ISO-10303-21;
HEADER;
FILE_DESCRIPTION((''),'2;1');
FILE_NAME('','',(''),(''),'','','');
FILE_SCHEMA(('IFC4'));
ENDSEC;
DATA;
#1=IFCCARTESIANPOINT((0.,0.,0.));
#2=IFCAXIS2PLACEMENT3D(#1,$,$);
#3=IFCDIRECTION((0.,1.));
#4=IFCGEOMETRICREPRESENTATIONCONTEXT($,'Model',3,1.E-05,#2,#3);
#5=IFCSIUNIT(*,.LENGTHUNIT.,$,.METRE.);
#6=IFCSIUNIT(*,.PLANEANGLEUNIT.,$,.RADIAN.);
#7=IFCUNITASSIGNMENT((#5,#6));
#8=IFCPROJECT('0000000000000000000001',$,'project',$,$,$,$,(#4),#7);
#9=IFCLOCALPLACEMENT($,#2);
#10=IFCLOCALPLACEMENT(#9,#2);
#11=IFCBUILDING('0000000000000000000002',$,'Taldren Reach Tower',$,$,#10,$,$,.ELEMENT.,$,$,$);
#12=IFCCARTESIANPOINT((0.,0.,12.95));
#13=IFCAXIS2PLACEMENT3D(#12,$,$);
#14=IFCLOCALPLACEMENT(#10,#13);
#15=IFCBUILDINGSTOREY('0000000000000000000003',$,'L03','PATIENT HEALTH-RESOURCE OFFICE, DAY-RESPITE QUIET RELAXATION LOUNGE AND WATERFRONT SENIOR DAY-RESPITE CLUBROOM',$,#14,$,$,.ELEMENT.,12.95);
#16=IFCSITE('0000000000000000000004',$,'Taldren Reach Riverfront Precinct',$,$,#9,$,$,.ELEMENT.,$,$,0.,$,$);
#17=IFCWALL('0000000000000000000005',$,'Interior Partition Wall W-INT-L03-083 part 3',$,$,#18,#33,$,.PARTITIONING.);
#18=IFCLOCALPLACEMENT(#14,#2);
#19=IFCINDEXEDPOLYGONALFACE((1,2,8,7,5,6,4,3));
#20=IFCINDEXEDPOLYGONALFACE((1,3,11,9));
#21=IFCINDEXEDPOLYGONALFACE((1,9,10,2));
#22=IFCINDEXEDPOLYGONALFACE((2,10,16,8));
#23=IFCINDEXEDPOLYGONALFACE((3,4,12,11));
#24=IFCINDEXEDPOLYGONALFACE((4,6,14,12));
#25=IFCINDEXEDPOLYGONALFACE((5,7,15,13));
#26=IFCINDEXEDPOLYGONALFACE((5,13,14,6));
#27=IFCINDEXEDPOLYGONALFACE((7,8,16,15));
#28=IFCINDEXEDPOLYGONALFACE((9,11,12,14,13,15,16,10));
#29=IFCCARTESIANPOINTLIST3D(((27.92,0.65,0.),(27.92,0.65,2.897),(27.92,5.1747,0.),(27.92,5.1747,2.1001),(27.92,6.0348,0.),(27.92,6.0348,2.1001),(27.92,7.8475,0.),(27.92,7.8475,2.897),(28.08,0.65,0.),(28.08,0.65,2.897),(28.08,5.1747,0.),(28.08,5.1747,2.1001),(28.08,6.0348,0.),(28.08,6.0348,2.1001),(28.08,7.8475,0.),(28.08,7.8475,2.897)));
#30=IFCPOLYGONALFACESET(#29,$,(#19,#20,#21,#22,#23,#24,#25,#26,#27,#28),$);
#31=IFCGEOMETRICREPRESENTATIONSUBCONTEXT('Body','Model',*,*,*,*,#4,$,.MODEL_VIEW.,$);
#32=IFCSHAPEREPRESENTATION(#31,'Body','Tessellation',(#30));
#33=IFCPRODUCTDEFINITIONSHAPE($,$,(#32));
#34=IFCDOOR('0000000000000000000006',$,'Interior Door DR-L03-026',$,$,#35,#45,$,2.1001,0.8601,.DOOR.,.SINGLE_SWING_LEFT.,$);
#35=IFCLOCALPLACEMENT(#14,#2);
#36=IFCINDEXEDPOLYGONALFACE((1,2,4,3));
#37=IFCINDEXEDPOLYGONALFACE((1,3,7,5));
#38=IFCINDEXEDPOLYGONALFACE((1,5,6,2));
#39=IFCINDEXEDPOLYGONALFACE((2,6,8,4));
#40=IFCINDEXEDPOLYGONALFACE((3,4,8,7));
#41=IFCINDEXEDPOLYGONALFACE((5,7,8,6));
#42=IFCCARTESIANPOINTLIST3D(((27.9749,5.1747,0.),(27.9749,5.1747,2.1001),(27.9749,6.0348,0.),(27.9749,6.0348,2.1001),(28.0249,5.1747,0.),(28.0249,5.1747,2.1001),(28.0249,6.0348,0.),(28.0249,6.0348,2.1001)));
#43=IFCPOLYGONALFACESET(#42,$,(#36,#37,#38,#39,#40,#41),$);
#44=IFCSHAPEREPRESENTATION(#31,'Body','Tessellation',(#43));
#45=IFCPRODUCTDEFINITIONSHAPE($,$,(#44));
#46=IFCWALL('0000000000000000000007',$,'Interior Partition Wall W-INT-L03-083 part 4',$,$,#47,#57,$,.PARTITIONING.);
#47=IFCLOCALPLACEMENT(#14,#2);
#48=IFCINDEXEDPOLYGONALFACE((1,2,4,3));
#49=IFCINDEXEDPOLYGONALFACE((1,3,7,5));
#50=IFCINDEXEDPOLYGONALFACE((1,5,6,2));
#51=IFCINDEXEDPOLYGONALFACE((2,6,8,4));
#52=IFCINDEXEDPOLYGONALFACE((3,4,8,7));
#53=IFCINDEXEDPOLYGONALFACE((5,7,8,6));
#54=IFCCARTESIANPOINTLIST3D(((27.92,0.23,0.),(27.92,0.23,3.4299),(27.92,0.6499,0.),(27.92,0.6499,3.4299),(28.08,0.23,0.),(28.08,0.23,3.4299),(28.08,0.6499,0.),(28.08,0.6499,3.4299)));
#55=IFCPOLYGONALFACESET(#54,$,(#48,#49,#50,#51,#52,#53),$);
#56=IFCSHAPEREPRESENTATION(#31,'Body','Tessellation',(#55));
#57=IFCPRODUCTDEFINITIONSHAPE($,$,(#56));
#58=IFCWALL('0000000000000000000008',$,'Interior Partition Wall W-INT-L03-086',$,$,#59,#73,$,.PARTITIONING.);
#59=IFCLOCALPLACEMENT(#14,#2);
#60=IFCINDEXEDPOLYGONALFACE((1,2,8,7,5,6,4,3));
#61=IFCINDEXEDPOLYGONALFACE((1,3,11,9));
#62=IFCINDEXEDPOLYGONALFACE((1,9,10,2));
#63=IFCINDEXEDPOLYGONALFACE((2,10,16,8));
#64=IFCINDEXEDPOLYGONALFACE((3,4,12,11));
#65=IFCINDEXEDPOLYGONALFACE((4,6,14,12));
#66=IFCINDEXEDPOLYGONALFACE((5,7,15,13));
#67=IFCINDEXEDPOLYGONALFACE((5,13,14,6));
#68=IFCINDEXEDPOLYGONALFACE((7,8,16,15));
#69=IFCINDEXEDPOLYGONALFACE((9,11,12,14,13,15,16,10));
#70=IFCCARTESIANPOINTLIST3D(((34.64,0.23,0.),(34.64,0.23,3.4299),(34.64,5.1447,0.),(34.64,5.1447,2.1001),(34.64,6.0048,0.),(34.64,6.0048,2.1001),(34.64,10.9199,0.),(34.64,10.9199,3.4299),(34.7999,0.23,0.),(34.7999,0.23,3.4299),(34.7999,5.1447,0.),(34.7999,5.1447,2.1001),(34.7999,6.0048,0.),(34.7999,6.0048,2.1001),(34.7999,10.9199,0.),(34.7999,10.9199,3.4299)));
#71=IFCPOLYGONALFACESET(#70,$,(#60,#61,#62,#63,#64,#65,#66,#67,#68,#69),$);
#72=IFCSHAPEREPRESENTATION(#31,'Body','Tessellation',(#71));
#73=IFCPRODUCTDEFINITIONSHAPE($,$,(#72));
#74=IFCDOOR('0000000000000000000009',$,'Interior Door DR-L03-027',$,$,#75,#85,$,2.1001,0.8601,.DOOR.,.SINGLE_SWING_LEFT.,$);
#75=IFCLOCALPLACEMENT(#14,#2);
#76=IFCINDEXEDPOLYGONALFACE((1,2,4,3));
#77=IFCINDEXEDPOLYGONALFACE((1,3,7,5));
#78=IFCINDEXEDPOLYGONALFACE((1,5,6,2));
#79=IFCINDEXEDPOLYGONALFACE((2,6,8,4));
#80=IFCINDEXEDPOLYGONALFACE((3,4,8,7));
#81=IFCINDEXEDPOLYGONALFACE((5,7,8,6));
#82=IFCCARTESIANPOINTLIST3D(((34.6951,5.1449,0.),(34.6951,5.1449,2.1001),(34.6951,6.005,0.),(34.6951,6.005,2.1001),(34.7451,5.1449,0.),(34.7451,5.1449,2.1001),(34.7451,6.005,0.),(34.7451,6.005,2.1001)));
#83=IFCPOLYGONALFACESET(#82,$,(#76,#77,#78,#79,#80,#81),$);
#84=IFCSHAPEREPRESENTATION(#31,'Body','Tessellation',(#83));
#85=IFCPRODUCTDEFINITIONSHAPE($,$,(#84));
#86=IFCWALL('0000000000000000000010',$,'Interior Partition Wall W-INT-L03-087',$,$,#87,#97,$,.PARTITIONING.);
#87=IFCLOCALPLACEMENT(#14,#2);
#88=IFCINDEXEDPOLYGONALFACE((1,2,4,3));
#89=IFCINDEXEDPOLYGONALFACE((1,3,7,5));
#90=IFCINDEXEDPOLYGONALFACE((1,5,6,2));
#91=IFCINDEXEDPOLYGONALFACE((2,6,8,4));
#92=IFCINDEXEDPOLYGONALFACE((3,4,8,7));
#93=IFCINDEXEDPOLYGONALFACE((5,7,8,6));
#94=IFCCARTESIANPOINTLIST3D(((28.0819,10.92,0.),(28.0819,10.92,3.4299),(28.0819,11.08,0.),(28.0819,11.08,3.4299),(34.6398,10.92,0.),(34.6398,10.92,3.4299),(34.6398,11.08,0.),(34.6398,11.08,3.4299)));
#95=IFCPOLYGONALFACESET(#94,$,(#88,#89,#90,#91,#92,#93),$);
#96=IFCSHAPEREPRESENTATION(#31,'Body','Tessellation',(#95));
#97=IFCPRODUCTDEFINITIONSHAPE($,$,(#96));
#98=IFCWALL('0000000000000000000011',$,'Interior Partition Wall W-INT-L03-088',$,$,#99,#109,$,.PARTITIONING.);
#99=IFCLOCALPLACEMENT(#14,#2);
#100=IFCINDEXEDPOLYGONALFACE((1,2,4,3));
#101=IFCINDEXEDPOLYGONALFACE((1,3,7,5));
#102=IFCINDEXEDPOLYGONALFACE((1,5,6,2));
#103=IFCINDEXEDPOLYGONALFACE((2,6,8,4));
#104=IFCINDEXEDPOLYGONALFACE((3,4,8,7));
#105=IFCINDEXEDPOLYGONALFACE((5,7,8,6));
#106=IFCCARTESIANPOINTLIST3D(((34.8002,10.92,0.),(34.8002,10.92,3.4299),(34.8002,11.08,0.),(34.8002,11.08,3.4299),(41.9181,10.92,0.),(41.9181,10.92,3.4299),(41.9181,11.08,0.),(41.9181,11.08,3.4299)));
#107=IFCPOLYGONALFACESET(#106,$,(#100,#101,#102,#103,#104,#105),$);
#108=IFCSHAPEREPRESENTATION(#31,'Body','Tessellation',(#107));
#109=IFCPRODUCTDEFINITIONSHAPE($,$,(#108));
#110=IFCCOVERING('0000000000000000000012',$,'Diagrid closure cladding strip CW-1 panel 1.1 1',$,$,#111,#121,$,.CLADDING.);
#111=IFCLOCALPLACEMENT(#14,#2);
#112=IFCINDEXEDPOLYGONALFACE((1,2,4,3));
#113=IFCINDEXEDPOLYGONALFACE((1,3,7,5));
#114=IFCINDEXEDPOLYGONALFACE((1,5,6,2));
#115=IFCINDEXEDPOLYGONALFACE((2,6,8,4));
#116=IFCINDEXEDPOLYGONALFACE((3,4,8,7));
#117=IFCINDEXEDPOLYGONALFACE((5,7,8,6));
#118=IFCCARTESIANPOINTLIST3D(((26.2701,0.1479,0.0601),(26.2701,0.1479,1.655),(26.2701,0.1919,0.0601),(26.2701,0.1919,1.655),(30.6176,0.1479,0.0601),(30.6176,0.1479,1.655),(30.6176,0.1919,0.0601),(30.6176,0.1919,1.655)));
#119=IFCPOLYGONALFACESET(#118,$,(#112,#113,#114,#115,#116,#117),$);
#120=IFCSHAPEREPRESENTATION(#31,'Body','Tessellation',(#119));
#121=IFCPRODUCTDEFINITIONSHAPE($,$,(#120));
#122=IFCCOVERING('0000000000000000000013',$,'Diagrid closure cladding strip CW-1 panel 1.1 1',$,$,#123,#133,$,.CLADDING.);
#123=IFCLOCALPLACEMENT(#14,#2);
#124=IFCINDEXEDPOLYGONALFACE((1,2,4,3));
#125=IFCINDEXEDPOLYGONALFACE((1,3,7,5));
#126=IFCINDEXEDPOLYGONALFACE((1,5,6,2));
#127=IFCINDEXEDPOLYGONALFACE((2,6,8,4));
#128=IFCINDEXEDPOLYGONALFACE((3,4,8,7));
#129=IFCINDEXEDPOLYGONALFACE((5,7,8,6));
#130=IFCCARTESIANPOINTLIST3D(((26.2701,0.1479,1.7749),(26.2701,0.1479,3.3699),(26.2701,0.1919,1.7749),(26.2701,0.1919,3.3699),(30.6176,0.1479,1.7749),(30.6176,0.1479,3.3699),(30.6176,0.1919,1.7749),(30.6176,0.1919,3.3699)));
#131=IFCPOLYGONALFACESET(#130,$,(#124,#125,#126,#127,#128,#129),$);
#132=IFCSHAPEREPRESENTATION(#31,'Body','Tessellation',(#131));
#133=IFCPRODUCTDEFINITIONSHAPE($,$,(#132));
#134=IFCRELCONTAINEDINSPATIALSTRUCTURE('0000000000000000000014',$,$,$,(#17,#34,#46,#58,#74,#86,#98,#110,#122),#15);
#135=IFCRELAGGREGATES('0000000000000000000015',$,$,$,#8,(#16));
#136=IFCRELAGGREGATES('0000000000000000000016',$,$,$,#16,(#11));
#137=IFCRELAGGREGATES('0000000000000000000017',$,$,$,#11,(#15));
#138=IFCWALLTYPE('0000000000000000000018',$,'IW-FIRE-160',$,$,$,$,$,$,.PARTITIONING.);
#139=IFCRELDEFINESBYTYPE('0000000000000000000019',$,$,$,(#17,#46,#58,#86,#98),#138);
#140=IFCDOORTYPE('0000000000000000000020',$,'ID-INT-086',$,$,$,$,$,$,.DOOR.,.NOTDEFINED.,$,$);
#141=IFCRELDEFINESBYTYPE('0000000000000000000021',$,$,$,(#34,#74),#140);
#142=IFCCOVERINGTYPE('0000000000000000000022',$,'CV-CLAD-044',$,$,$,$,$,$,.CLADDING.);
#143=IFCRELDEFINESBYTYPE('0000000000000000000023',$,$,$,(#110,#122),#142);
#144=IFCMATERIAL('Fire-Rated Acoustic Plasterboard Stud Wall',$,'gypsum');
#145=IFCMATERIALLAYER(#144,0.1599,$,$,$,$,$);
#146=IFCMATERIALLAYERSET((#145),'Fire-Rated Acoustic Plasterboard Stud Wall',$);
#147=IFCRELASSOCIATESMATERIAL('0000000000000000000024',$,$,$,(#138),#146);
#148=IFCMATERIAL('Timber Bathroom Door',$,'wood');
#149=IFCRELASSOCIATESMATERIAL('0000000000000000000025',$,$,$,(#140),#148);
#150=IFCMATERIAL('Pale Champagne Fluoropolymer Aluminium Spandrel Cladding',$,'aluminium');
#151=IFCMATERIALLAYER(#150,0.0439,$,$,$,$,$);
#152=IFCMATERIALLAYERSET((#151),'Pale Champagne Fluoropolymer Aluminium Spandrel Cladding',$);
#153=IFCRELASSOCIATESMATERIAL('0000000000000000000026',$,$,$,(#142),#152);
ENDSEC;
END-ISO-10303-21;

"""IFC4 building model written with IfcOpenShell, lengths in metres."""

from ifc_helpers import new_model, si_unit, direction, frame, frame_2d, origin, origin_2d, place, context, subcontext, project, spatial, rectangle, extrude, source, transform, mapped, material, layer, layer_set, type_object, element, fill, save


model = new_model("IFC4")

# Units and contexts
model_context = context("Model", 3, precision=1e-05, world=origin(), true_north=direction((0.0, 1.0)))
body_context = subcontext(model_context, "Body", "Model", "MODEL_VIEW")
ifc_project = project(units=[si_unit("LENGTHUNIT", "METRE"), si_unit("PLANEANGLEUNIT", "RADIAN")], contexts=[model_context])

# Site, building, storey
site_placement = place(None, origin())
site = spatial("IfcSite", under=ifc_project, at=site_placement, Name="Taldren Reach Riverfront Precinct", CompositionType="ELEMENT", RefElevation=0.0)
building_placement = place(site_placement, origin())
building = spatial("IfcBuilding", under=site, at=building_placement, Name="Taldren Reach Tower", CompositionType="ELEMENT")
storey_placement = place(building_placement, frame((0.0, 0.0, 12.95)))
storey = spatial("IfcBuildingStorey", under=building, at=storey_placement, Name="L03", Description="PATIENT HEALTH-RESOURCE OFFICE, DAY-RESPITE QUIET RELAXATION LOUNGE AND WATERFRONT SENIOR DAY-RESPITE CLUBROOM", CompositionType="ELEMENT", Elevation=12.95)

# Shared definitions
ifc_material_1 = material(Name="Fire-Rated Acoustic Plasterboard Stud Wall", Category="gypsum")
ifc_layer_1 = layer(ifc_material_1, 0.1599)
ifc_layer_set_1 = layer_set([ifc_layer_1], Name="Fire-Rated Acoustic Plasterboard Stud Wall")
wall_type = type_object("IfcWallType", Name="IW-FIRE-160", PredefinedType="PARTITIONING", material=ifc_layer_set_1)

# Wall, opening, door
shared_shape_1 = source(origin(), body_context, "Body", "SweptSolid", [
    extrude(rectangle(XDim=7.1975, YDim=0.1599, at=frame_2d((3.5986, 0.0))), origin(), (0.0, 0.0, 1.0), 2.897),
])
wall_1_placement = place(storey_placement, frame((28.0, 7.8474, 0.0), z_axis=(0.0, 0.0, 1.0), x_axis=(0.0, -1.0, 0.0)))
wall_1 = element("IfcWall", 1, at=wall_1_placement, inside=storey, type_object=wall_type, Name="Interior Partition Wall W-INT-L03-083 part 3", PredefinedType="PARTITIONING", context=body_context, shape_type="MappedRepresentation", body=[
    mapped(shared_shape_1, transform((0.0, 0.0, 0.0), scale=1.0)),
])
shared_shape_2 = source(origin(), body_context, "Body", "SweptSolid", [
    extrude(rectangle(XDim=0.8601, YDim=2.1001, at=frame_2d((0.4302, 1.05))), frame((0.0, 0.0898, 0.0), z_axis=(0.0, -1.0, 0.0), x_axis=(1.0, 0.0, 0.0)), (0.0, 0.0, 1.0), 0.1799),
])
opening_1_placement = place(wall_1_placement, frame((1.8125, 0.0, 0.0)))
opening_1 = element("IfcOpeningElement", 2, at=opening_1_placement, cuts=wall_1, PredefinedType="OPENING", context=body_context, shape_type="MappedRepresentation", body=[
    mapped(shared_shape_2, transform((0.0, 0.0, 0.0), scale=1.0)),
])
ifc_material_2 = material(Name="Timber Bathroom Door", Category="wood")
door_type = type_object("IfcDoorType", Name="ID-INT-086", OperationType="NOTDEFINED", PredefinedType="DOOR", material=ifc_material_2)
shared_shape_3 = source(origin(), body_context, "Body", "SweptSolid", [
    extrude(rectangle(XDim=0.8601, YDim=2.1001, at=frame_2d((0.4302, 1.05))), frame((0.0, 0.0249, 0.0), z_axis=(0.0, -1.0, 0.0), x_axis=(1.0, 0.0, 0.0)), (0.0, 0.0, 1.0), 0.05),
])
door_1_placement = place(opening_1_placement, origin())
door_1 = element("IfcDoor", 3, at=door_1_placement, inside=storey, type_object=door_type, Name="Interior Door DR-L03-026", OperationType="SINGLE_SWING_LEFT", OverallHeight=2.1001, OverallWidth=0.8601, PredefinedType="DOOR", context=body_context, shape_type="MappedRepresentation", body=[
    mapped(shared_shape_3, transform((0.0, 0.0, 0.0), scale=1.0)),
])
fill(opening_1, door_1)

# Wall
shared_shape_4 = source(origin(), body_context, "Body", "SweptSolid", [
    extrude(rectangle(XDim=0.4199, YDim=0.1599, at=frame_2d((0.21, 0.0))), origin(), (0.0, 0.0, 1.0), 3.4299),
])
wall_2_placement = place(storey_placement, frame((28.0, 0.6499, 0.0), z_axis=(0.0, 0.0, 1.0), x_axis=(0.0, -1.0, 0.0)))
element("IfcWall", 4, at=wall_2_placement, inside=storey, type_object=wall_type, Name="Interior Partition Wall W-INT-L03-083 part 4", PredefinedType="PARTITIONING", context=body_context, shape_type="MappedRepresentation", body=[
    mapped(shared_shape_4, transform((0.0, 0.0, 0.0), scale=1.0)),
])

# Wall, opening, door
shared_shape_5 = source(origin(), body_context, "Body", "SweptSolid", [
    extrude(rectangle(XDim=10.6899, YDim=0.1599, at=frame_2d((5.345, 0.0))), origin(), (0.0, 0.0, 1.0), 3.4299),
])
wall_3_placement = place(storey_placement, frame((34.72, 10.9199, 0.0), z_axis=(0.0, 0.0, 1.0), x_axis=(0.0, -1.0, 0.0)))
wall_3 = element("IfcWall", 5, at=wall_3_placement, inside=storey, type_object=wall_type, Name="Interior Partition Wall W-INT-L03-086", PredefinedType="PARTITIONING", context=body_context, shape_type="MappedRepresentation", body=[
    mapped(shared_shape_5, transform((0.0, 0.0, 0.0), scale=1.0)),
])
opening_2_placement = place(wall_3_placement, frame((4.915, 0.0, 0.0)))
opening_2 = element("IfcOpeningElement", 6, at=opening_2_placement, cuts=wall_3, PredefinedType="OPENING", context=body_context, shape_type="MappedRepresentation", body=[
    mapped(shared_shape_2, transform((0.0, 0.0, 0.0), scale=1.0)),
])
door_2_placement = place(opening_2_placement, frame((0.8601, 0.0, 0.0), z_axis=(0.0, 0.0, 1.0), x_axis=(-1.0, 0.0, 0.0)))
door_2 = element("IfcDoor", 7, at=door_2_placement, inside=storey, type_object=door_type, Name="Interior Door DR-L03-027", OperationType="SINGLE_SWING_LEFT", OverallHeight=2.1001, OverallWidth=0.8601, PredefinedType="DOOR", context=body_context, shape_type="MappedRepresentation", body=[
    mapped(shared_shape_3, transform((0.0, 0.0, 0.0), scale=1.0)),
])
fill(opening_2, door_2)

# Walls
shared_shape_6 = source(origin(), body_context, "Body", "SweptSolid", [
    extrude(rectangle(XDim=6.5579, YDim=0.1599, at=frame_2d((3.2788, 0.0))), origin(), (0.0, 0.0, 1.0), 3.4299),
])
wall_4_placement = place(storey_placement, frame((28.082, 11.0, 0.0), z_axis=(0.0, 0.0, 1.0), x_axis=(1.0, 0.0, 0.0)))
element("IfcWall", 8, at=wall_4_placement, inside=storey, type_object=wall_type, Name="Interior Partition Wall W-INT-L03-087", PredefinedType="PARTITIONING", context=body_context, shape_type="MappedRepresentation", body=[
    mapped(shared_shape_6, transform((0.0, 0.0, 0.0), scale=1.0)),
])
shared_shape_7 = source(origin(), body_context, "Body", "SweptSolid", [
    extrude(rectangle(XDim=7.1179, YDim=0.1599, at=frame_2d((3.5591, 0.0))), origin(), (0.0, 0.0, 1.0), 3.4299),
])
wall_5_placement = place(storey_placement, frame((34.8, 11.0, 0.0), z_axis=(0.0, 0.0, 1.0), x_axis=(1.0, 0.0, 0.0)))
element("IfcWall", 9, at=wall_5_placement, inside=storey, type_object=wall_type, Name="Interior Partition Wall W-INT-L03-088", PredefinedType="PARTITIONING", context=body_context, shape_type="MappedRepresentation", body=[
    mapped(shared_shape_7, transform((0.0, 0.0, 0.0), scale=1.0)),
])

# Coverings
ifc_material_3 = material(Name="Pale Champagne Fluoropolymer Aluminium Spandrel Cladding", Category="aluminium")
ifc_layer_2 = layer(ifc_material_3, 0.0439)
ifc_layer_set_2 = layer_set([ifc_layer_2], Name="Pale Champagne Fluoropolymer Aluminium Spandrel Cladding")
covering_type = type_object("IfcCoveringType", Name="CV-CLAD-044", PredefinedType="CLADDING", material=ifc_layer_set_2)
shared_shape_8 = source(origin(), body_context, "Body", "SweptSolid", [
    extrude(rectangle(XDim=4.3474, YDim=0.0439, at=origin_2d()), origin(), (0.0, 0.0, 1.0), 1.595),
])
for number, where, z_axis, x_axis, name in (
    (10, (28.4438, 0.1699, 0.0601), (0.0, 0.0, 1.0), (1.0, 0.0, 0.0), "Diagrid closure cladding strip CW-1 panel 1.1 1"),
    (11, (28.4438, 0.1699, 1.7749), (0.0, 0.0, 1.0), (1.0, 0.0, 0.0), "Diagrid closure cladding strip CW-1 panel 1.1 1"),
):
    element("IfcCovering", number, at=place(storey_placement, frame(where, z_axis=z_axis, x_axis=x_axis)), inside=storey, type_object=covering_type, Name=name, PredefinedType="CLADDING", context=body_context, shape_type="MappedRepresentation", body=[
        mapped(shared_shape_8, transform((0.0, 0.0, 0.0), scale=1.0)),
    ])

save(model, "model.ifc")
